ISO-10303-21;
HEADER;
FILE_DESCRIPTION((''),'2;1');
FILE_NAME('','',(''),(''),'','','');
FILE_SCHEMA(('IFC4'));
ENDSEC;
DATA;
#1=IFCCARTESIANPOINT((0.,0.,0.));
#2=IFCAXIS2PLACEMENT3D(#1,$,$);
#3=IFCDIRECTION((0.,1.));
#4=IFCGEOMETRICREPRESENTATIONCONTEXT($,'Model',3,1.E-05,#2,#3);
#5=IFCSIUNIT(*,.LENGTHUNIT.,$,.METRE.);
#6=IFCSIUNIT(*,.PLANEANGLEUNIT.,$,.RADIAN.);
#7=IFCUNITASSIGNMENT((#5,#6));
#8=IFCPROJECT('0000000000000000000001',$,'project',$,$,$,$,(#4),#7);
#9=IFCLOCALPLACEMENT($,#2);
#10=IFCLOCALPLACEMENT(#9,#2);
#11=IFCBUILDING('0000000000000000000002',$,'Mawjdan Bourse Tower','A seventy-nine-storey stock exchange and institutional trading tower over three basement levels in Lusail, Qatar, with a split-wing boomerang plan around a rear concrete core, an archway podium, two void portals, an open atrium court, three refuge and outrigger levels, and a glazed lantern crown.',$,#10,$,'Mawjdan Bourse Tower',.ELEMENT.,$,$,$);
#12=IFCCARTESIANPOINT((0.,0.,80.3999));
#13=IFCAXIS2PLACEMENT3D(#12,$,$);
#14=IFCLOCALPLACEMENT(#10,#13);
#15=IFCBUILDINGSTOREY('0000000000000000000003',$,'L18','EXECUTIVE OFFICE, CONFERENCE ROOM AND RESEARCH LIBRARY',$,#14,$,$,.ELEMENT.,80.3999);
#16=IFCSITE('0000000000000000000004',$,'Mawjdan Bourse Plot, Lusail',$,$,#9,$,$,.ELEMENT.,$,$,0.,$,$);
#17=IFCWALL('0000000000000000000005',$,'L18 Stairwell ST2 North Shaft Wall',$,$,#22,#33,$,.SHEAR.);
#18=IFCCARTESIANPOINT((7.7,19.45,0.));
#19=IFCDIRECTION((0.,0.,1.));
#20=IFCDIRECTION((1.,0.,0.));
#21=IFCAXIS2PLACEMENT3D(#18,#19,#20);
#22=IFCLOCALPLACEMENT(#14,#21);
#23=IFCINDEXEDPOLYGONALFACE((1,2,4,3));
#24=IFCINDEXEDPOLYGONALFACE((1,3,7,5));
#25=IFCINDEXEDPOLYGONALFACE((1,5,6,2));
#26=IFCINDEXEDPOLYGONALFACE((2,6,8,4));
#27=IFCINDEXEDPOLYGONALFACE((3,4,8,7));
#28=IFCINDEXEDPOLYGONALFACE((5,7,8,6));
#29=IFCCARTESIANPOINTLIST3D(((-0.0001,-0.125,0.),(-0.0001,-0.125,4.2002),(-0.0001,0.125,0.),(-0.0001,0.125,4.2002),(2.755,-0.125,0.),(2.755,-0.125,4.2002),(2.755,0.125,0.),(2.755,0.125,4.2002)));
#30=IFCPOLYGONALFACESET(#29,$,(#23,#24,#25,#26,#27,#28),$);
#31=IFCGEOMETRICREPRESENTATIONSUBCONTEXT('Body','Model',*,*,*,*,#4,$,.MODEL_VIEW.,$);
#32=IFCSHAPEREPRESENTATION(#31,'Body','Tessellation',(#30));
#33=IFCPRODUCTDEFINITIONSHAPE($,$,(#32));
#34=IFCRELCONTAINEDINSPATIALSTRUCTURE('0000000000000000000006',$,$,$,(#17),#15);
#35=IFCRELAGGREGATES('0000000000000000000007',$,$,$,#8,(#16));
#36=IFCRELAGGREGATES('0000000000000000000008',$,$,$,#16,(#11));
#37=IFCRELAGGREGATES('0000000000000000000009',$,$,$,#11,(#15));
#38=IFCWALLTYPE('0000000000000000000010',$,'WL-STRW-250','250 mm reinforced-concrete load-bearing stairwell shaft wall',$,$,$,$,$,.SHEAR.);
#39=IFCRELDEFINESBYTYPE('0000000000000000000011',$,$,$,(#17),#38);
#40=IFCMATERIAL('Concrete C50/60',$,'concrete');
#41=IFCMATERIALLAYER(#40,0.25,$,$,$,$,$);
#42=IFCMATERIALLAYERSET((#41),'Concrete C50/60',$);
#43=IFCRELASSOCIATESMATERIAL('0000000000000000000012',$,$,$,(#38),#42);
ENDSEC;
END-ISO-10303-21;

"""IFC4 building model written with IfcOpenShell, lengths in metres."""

from ifc_helpers import new_model, si_unit, direction, frame, frame_2d, origin, place, context, subcontext, project, spatial, rectangle, extrude, material, layer, layer_set, type_object, element, save


model = new_model("IFC4")

# Units and contexts
model_context = context("Model", 3, precision=1e-05, world=origin(), true_north=direction((0.0, 1.0)))
body_context = subcontext(model_context, "Body", "Model", "MODEL_VIEW")
ifc_project = project(units=[si_unit("LENGTHUNIT", "METRE"), si_unit("PLANEANGLEUNIT", "RADIAN")], contexts=[model_context])

# Site, building, storey
site_placement = place(None, origin())
site = spatial("IfcSite", under=ifc_project, at=site_placement, Name="Mawjdan Bourse Plot, Lusail", CompositionType="ELEMENT", RefElevation=0.0)
building_placement = place(site_placement, origin())
building = spatial("IfcBuilding", under=site, at=building_placement, Name="Mawjdan Bourse Tower", Description="A seventy-nine-storey stock exchange and institutional trading tower over three basement levels in Lusail, Qatar, with a split-wing boomerang plan around a rear concrete core, an archway podium, two void portals, an open atrium court, three refuge and outrigger levels, and a glazed lantern crown.", LongName="Mawjdan Bourse Tower", CompositionType="ELEMENT")
storey_placement = place(building_placement, frame((0.0, 0.0, 80.3999)))
storey = spatial("IfcBuildingStorey", under=building, at=storey_placement, Name="L18", Description="EXECUTIVE OFFICE, CONFERENCE ROOM AND RESEARCH LIBRARY", CompositionType="ELEMENT", Elevation=80.3999)

# Shared definitions
ifc_material_1 = material(Name="Concrete C50/60", Category="concrete")

# Wall
ifc_layer_1 = layer(ifc_material_1, 0.25)
ifc_layer_set_1 = layer_set([ifc_layer_1], Name="Concrete C50/60")
wall_type_1 = type_object("IfcWallType", Name="WL-STRW-250", Description="250 mm reinforced-concrete load-bearing stairwell shaft wall", PredefinedType="SHEAR", material=ifc_layer_set_1)
wall_1_placement = place(storey_placement, frame((7.7, 19.45, 0.0), z_axis=(0.0, 0.0, 1.0), x_axis=(1.0, 0.0, 0.0)))
element("IfcWall", 1, at=wall_1_placement, inside=storey, type_object=wall_type_1, Name="L18 Stairwell ST2 North Shaft Wall", PredefinedType="SHEAR", context=body_context, shape_type="SweptSolid", body=[
    extrude(rectangle(XDim=2.7551, YDim=0.25, at=frame_2d((1.3774, 0.0))), origin(), (0.0, 0.0, 1.0), 4.2002),
])

save(model, "model.ifc")
